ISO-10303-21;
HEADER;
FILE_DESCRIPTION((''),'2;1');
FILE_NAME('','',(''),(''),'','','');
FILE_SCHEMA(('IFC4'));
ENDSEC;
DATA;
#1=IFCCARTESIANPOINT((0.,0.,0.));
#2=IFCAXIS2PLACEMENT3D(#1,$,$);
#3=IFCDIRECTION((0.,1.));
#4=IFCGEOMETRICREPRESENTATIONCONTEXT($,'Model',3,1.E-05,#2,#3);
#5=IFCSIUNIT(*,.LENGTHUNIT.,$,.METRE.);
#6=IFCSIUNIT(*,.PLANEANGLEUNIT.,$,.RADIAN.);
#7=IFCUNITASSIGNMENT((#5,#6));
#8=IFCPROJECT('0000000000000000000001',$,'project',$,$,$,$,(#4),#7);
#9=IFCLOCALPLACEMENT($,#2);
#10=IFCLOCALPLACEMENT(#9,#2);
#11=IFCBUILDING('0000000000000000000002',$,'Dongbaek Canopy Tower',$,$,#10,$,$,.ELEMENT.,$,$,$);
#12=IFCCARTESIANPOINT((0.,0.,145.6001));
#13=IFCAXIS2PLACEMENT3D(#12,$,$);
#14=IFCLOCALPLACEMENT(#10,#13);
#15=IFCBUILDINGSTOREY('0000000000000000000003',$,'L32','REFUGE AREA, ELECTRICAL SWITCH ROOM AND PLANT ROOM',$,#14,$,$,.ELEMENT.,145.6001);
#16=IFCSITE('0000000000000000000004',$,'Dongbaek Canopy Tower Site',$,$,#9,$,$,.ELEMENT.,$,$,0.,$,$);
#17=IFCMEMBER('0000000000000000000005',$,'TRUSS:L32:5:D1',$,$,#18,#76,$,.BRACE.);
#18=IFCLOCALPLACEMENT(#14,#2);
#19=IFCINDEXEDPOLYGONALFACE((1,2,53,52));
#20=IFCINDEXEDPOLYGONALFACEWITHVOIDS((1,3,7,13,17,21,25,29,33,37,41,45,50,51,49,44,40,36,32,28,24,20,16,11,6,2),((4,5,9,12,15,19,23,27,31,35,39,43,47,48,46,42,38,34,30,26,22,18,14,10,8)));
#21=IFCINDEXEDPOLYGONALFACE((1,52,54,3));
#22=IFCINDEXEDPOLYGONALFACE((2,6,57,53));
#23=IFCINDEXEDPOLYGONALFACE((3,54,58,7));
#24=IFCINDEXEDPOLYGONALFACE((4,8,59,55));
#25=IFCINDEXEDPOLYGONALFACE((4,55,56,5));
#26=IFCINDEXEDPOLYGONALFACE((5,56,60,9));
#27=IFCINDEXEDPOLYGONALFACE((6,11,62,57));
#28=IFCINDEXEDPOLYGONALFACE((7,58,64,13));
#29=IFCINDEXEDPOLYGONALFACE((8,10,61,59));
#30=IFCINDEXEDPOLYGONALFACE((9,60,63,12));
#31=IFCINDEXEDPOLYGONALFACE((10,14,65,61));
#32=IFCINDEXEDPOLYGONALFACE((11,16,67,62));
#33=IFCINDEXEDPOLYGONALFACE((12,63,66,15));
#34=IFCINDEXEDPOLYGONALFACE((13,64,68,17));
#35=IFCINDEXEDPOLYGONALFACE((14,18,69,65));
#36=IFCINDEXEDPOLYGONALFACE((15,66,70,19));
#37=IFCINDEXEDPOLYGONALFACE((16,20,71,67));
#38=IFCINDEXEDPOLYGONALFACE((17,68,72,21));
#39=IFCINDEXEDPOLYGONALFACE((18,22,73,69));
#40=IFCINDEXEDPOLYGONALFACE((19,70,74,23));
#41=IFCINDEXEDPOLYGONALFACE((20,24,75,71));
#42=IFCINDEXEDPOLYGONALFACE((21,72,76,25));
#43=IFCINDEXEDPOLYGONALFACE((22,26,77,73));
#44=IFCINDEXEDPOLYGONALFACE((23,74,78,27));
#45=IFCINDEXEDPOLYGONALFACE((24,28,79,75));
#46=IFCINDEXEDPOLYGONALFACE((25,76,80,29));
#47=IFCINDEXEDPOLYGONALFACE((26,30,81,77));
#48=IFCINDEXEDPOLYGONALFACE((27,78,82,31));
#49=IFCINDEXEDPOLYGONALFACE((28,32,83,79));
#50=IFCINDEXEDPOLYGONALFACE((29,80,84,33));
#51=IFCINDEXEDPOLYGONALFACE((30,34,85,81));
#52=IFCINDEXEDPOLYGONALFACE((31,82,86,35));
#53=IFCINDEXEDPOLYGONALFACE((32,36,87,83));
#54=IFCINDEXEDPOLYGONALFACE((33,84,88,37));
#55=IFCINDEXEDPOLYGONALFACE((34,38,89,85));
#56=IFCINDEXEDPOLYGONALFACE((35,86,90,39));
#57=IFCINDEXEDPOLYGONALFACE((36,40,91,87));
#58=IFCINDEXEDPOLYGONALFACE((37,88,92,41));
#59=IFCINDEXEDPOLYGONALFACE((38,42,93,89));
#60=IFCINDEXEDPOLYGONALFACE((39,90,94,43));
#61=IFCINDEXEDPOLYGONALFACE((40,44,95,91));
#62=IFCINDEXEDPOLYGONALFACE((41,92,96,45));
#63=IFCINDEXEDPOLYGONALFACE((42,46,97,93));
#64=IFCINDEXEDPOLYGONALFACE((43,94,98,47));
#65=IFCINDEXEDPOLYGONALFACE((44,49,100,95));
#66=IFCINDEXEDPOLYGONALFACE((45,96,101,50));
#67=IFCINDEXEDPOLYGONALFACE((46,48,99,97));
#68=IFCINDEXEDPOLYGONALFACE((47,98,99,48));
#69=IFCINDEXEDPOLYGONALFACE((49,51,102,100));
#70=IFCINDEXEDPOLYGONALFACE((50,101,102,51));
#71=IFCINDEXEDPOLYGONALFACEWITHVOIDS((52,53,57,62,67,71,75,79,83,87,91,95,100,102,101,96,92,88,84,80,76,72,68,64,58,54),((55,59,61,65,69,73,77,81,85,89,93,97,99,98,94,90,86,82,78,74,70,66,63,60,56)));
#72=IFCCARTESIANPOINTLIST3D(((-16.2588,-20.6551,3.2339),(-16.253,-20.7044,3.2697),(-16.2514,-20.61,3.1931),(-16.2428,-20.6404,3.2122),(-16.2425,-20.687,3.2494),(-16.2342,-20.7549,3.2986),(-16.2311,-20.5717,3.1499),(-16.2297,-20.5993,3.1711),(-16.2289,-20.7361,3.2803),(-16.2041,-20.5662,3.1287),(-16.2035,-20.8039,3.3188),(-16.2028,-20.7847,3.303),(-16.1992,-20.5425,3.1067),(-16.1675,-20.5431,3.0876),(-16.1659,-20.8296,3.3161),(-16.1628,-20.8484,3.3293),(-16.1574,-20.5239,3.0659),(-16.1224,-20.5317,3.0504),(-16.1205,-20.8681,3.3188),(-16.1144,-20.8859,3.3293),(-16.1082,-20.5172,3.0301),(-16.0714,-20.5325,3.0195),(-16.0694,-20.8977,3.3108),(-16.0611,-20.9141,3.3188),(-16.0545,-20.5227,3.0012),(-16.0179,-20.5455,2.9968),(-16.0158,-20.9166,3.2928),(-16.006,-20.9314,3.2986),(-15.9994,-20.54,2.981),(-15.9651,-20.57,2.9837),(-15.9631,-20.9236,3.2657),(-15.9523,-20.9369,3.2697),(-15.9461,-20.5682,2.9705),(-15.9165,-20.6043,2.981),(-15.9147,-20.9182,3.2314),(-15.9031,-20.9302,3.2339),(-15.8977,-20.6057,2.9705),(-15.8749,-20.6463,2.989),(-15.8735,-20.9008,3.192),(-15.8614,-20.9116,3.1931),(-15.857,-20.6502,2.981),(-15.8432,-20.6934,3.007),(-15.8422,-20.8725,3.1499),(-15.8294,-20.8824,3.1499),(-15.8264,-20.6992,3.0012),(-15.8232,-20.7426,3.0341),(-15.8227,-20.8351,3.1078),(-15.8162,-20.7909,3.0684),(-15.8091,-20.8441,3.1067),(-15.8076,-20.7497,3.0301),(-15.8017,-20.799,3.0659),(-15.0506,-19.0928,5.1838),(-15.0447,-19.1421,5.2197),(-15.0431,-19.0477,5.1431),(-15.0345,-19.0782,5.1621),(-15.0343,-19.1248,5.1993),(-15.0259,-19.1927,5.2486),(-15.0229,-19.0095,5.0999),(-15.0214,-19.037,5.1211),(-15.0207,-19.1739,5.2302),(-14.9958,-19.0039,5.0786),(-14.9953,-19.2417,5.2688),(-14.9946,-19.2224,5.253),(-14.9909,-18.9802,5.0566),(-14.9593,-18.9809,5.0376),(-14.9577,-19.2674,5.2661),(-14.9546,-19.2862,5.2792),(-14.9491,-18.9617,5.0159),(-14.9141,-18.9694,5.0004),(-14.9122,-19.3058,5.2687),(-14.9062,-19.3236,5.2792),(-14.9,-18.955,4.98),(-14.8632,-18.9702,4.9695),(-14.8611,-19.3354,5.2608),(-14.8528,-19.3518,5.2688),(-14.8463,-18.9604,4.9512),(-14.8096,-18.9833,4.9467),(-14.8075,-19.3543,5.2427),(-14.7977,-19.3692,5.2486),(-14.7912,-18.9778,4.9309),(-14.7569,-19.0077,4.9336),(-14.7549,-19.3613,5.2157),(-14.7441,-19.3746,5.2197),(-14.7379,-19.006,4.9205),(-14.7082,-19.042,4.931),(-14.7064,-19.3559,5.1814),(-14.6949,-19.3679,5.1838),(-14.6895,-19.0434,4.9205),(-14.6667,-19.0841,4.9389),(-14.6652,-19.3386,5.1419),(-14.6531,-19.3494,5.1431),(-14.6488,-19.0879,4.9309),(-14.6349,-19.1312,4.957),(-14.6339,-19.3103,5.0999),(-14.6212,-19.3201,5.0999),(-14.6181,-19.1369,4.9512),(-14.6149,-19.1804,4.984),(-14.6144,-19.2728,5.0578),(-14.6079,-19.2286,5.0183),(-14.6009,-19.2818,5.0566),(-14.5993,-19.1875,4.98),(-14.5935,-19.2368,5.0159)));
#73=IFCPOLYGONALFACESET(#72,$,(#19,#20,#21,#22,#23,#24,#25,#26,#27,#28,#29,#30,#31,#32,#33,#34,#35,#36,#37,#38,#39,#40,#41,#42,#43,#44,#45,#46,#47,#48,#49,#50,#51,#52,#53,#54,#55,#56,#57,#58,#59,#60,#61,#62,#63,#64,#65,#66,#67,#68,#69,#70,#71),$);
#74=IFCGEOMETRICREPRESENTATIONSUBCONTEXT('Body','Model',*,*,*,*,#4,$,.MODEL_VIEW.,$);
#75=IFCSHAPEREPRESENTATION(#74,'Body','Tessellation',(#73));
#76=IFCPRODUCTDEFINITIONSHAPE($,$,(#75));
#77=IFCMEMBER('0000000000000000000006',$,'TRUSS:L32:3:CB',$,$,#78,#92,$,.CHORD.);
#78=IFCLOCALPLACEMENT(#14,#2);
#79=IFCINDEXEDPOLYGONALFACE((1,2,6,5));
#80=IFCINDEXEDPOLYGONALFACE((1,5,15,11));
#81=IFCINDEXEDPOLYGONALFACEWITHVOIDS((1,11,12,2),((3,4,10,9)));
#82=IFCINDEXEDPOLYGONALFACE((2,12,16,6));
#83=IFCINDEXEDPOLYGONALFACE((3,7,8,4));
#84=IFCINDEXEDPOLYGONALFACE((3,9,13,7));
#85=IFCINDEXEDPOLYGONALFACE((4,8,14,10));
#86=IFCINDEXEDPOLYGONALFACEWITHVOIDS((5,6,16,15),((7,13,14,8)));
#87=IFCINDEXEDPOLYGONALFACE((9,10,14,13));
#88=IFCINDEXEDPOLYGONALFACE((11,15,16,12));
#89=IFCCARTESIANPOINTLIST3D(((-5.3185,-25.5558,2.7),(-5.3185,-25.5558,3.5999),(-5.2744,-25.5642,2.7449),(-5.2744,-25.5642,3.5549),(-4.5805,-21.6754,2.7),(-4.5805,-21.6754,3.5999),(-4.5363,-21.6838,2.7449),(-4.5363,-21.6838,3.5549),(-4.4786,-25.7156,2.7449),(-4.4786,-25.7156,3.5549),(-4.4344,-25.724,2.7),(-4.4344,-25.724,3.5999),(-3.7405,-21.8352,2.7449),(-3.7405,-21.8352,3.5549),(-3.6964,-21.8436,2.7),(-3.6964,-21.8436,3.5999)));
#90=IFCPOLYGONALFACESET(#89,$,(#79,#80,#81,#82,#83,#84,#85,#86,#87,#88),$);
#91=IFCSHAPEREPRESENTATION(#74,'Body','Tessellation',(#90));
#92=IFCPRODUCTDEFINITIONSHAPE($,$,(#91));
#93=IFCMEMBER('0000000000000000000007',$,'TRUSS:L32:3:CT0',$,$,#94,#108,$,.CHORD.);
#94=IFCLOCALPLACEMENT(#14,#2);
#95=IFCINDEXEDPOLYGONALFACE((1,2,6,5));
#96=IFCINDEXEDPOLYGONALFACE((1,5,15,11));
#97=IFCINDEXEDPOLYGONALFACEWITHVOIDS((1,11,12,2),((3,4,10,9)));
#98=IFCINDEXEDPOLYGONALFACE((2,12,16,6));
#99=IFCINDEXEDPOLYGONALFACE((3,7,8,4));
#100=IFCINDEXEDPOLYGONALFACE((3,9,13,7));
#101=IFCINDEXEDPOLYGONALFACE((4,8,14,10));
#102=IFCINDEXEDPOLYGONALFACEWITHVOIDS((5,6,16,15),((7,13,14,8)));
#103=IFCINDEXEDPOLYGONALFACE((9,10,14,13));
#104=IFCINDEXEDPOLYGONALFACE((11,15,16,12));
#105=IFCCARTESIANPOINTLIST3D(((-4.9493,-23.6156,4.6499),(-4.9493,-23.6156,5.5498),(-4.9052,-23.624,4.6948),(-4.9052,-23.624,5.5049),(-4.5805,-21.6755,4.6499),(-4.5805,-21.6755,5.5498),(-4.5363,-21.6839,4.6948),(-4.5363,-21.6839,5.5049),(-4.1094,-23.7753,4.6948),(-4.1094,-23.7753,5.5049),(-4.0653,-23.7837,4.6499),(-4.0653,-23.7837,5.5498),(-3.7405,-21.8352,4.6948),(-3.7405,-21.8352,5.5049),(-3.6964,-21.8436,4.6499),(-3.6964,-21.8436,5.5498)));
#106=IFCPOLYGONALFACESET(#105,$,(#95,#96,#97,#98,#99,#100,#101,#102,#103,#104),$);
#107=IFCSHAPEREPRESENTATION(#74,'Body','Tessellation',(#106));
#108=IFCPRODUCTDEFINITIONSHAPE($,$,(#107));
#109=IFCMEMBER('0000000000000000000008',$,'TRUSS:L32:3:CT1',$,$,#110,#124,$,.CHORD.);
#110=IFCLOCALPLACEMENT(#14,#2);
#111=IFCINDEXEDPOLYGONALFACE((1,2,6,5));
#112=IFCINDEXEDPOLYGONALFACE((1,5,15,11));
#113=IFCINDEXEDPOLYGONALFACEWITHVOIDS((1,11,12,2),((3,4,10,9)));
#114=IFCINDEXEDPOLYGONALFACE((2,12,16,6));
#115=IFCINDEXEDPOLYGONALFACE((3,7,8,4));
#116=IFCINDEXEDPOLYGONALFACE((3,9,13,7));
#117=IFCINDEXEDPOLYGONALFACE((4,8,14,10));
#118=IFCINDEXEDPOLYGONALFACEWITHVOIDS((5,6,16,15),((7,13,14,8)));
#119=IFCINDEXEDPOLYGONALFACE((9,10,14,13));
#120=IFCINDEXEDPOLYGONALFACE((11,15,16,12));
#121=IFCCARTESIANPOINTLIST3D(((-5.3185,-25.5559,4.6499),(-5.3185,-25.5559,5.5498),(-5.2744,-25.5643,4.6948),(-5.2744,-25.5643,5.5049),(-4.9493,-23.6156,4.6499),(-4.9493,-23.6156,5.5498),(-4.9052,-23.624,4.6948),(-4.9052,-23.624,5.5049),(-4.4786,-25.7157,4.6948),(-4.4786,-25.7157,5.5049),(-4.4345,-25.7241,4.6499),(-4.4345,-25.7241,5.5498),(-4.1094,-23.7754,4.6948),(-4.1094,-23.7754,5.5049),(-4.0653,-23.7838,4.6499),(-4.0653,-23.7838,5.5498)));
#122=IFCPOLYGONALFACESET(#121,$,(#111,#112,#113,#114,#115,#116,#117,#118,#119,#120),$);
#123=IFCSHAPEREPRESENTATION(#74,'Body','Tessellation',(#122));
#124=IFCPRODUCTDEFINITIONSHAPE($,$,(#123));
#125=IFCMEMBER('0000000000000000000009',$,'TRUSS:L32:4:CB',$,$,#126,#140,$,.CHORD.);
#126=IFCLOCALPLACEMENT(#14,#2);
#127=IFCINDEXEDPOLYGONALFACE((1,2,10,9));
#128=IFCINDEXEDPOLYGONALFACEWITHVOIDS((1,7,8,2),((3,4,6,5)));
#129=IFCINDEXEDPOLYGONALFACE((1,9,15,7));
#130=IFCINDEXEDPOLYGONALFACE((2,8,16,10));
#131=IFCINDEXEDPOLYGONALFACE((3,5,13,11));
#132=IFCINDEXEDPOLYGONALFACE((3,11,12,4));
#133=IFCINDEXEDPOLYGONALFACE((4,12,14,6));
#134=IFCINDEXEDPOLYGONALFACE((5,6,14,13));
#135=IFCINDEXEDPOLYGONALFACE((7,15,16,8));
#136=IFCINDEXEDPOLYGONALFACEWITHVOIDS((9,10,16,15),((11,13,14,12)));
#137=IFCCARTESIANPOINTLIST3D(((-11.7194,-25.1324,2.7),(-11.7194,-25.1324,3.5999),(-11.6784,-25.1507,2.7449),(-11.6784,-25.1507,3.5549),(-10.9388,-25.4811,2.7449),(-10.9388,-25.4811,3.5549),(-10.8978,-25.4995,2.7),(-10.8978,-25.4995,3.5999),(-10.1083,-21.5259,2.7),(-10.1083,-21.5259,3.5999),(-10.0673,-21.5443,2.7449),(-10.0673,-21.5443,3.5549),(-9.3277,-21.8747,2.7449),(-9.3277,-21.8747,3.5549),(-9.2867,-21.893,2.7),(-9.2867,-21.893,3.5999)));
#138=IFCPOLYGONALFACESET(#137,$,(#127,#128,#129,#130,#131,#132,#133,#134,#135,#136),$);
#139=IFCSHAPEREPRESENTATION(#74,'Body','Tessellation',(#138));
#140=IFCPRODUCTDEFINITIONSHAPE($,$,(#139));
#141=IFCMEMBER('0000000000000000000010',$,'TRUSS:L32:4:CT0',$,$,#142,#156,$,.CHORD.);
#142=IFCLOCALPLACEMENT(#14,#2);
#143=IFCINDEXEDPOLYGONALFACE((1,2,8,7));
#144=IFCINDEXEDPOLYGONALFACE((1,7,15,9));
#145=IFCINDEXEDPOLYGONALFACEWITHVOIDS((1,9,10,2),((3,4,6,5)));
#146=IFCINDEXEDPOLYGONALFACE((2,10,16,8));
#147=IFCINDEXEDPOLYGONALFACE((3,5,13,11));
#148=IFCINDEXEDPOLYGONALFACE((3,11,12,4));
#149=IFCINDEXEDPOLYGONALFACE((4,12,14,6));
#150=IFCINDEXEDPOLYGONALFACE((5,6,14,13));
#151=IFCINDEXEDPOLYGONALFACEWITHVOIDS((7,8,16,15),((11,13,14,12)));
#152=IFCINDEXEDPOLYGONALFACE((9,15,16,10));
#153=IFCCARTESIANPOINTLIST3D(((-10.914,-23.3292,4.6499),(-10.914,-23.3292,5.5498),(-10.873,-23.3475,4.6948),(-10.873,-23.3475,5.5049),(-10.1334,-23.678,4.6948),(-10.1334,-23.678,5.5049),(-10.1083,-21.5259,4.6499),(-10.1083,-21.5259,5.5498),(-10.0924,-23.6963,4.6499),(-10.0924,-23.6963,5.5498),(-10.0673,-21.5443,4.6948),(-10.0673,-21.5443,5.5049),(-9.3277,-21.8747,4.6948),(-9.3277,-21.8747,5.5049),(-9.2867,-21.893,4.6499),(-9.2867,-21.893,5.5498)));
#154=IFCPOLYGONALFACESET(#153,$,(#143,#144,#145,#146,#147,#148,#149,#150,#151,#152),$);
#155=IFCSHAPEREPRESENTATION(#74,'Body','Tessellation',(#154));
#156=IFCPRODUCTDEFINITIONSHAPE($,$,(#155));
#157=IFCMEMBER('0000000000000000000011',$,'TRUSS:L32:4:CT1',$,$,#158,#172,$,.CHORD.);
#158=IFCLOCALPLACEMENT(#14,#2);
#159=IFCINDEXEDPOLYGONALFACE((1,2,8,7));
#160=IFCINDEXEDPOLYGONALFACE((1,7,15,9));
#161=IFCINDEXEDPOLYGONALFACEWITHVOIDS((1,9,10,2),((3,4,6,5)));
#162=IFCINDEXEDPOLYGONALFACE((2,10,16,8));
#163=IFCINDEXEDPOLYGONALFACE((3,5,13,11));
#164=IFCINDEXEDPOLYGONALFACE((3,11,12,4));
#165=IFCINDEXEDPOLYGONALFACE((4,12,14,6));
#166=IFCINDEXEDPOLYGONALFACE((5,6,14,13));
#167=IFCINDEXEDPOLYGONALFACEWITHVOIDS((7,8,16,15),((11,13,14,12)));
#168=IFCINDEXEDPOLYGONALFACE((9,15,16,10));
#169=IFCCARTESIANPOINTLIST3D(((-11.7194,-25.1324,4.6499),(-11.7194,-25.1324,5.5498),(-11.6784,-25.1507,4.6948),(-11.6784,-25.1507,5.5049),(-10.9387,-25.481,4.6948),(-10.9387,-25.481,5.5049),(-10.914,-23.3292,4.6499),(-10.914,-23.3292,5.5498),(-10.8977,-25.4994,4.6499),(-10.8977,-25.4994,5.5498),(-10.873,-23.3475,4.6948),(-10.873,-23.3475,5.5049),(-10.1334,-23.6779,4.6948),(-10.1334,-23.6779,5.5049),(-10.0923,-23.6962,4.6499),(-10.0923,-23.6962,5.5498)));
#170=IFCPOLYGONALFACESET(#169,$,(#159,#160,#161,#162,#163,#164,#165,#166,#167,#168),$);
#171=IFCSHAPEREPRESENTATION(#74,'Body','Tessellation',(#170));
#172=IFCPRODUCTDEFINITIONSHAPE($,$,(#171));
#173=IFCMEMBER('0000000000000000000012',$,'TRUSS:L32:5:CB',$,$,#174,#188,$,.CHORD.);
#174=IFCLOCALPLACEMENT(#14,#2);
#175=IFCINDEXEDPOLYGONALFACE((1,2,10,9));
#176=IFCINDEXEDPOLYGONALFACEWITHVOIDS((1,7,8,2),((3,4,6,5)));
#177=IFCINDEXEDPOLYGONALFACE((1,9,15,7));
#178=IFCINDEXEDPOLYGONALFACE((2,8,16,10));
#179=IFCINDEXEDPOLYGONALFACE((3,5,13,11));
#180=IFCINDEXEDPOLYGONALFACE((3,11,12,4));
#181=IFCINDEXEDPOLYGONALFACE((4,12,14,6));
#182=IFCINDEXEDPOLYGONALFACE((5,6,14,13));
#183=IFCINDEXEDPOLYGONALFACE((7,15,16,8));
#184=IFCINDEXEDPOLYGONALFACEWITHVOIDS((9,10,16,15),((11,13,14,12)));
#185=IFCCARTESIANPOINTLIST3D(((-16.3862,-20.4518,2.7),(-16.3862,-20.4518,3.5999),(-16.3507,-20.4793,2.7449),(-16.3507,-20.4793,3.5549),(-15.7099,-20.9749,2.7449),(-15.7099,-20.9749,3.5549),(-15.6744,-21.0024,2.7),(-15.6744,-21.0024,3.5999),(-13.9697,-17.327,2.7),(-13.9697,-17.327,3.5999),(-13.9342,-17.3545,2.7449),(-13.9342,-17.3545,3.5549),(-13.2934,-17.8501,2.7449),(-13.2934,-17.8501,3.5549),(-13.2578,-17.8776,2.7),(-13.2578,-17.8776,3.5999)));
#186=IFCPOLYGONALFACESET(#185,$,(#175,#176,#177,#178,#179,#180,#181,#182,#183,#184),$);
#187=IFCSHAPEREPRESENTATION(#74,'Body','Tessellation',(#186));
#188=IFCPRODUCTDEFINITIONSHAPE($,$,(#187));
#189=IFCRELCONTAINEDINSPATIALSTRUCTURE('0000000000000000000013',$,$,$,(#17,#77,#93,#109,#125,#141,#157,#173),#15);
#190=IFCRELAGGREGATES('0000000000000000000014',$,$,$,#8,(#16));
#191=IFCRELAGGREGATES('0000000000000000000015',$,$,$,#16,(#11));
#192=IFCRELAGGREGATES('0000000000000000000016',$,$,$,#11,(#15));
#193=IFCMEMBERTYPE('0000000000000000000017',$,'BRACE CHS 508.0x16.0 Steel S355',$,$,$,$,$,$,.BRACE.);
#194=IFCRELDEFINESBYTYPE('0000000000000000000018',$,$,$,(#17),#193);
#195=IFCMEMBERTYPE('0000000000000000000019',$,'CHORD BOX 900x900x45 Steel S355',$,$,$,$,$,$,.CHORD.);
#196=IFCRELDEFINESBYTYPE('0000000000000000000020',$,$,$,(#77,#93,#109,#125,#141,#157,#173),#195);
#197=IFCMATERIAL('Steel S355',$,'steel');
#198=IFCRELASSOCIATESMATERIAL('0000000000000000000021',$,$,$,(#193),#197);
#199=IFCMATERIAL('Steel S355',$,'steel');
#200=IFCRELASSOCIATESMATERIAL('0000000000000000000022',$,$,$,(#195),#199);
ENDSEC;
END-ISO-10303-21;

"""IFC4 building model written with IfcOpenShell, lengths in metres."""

from ifc_helpers import new_model, si_unit, direction, frame, origin, origin_2d, place, context, subcontext, project, spatial, hollow_rectangle, hollow_circle, extrude, material, material_profile, profile_set, type_object, element, save


model = new_model("IFC4")

# Units and contexts
model_context = context("Model", 3, precision=1e-05, world=origin(), true_north=direction((0.0, 1.0)))
body_context = subcontext(model_context, "Body", "Model", "MODEL_VIEW")
ifc_project = project(units=[si_unit("LENGTHUNIT", "METRE"), si_unit("PLANEANGLEUNIT", "RADIAN")], contexts=[model_context])

# Site, building, storey
site_placement = place(None, origin())
site = spatial("IfcSite", under=ifc_project, at=site_placement, Name="Dongbaek Canopy Tower Site", CompositionType="ELEMENT", RefElevation=0.0)
building_placement = place(site_placement, origin())
building = spatial("IfcBuilding", under=site, at=building_placement, Name="Dongbaek Canopy Tower", CompositionType="ELEMENT")
storey_placement = place(building_placement, frame((0.0, 0.0, 145.6001)))
storey = spatial("IfcBuildingStorey", under=building, at=storey_placement, Name="L32", Description="REFUGE AREA, ELECTRICAL SWITCH ROOM AND PLANT ROOM", CompositionType="ELEMENT", Elevation=145.6001)

# Members
ifc_material_1 = material(Name="Steel S355", Category="steel")
ifc_material_profile_1 = material_profile(ifc_material_1, hollow_circle(Radius=0.2539, WallThickness=0.0161, at=origin_2d()), Name="BRACE CHS 508.0x16.0 Steel S355")
ifc_profile_set_1 = profile_set([ifc_material_profile_1], Name="Steel S355")
member_type_1 = type_object("IfcMemberType", Name="BRACE CHS 508.0x16.0 Steel S355", PredefinedType="BRACE", material=ifc_profile_set_1)
member_1_placement = place(storey_placement, frame((-14.822, -19.1648, 5.0999), z_axis=(-0.435344, -0.562895, -0.702585), x_axis=(0.791027, -0.611782, 0.0)))
element("IfcMember", 1, at=member_1_placement, inside=storey, type_object=member_type_1, Name="TRUSS:L32:5:D1", PredefinedType="BRACE", context=body_context, shape_type="SweptSolid", body=[
    extrude(hollow_circle(Radius=0.2539, WallThickness=0.0161, at=origin_2d()), origin(), (0.0, 0.0, 1.0), 2.7754),
])
ifc_material_2 = material(Name="Steel S355", Category="steel")
ifc_material_profile_2 = material_profile(ifc_material_2, hollow_rectangle(XDim=0.8999, YDim=0.8999, WallThickness=0.0449, at=origin_2d()), Name="CHORD BOX 900x900x45 Steel S355")
ifc_profile_set_2 = profile_set([ifc_material_profile_2], Name="Steel S355")
member_type_2 = type_object("IfcMemberType", Name="CHORD BOX 900x900x45 Steel S355", PredefinedType="CHORD", material=ifc_profile_set_2)
member_2_placement = place(storey_placement, frame((-4.1384, -21.7595, 3.1499), z_axis=(-0.186848, -0.982389, 0.0), x_axis=(0.982389, -0.186848, 0.0)))
element("IfcMember", 2, at=member_2_placement, inside=storey, type_object=member_type_2, Name="TRUSS:L32:3:CB", PredefinedType="CHORD", context=body_context, shape_type="SweptSolid", body=[
    extrude(hollow_rectangle(XDim=0.8999, YDim=0.8999, WallThickness=0.0449, at=origin_2d()), origin(), (0.0, 0.0, 1.0), 3.95),
])
member_3_placement = place(storey_placement, frame((-4.1384, -21.7595, 5.0999), z_axis=(-0.186788, -0.9824, 0.0), x_axis=(0.9824, -0.186788, 0.0)))
element("IfcMember", 3, at=member_3_placement, inside=storey, type_object=member_type_2, Name="TRUSS:L32:3:CT0", PredefinedType="CHORD", context=body_context, shape_type="SweptSolid", body=[
    extrude(hollow_rectangle(XDim=0.8999, YDim=0.8999, WallThickness=0.0449, at=origin_2d()), origin(), (0.0, 0.0, 1.0), 1.9749),
])
member_4_placement = place(storey_placement, frame((-4.5073, -23.6997, 5.0999), z_axis=(-0.186908, -0.982377, 0.0), x_axis=(0.982377, -0.186908, 0.0)))
element("IfcMember", 4, at=member_4_placement, inside=storey, type_object=member_type_2, Name="TRUSS:L32:3:CT1", PredefinedType="CHORD", context=body_context, shape_type="SweptSolid", body=[
    extrude(hollow_rectangle(XDim=0.8999, YDim=0.8999, WallThickness=0.0449, at=origin_2d()), origin(), (0.0, 0.0, 1.0), 1.9751),
])
member_5_placement = place(storey_placement, frame((-9.6975, -21.7095, 3.1499), z_axis=(-0.407875, -0.913038, 0.0), x_axis=(0.913038, -0.407875, 0.0)))
element("IfcMember", 5, at=member_5_placement, inside=storey, type_object=member_type_2, Name="TRUSS:L32:4:CB", PredefinedType="CHORD", context=body_context, shape_type="SweptSolid", body=[
    extrude(hollow_rectangle(XDim=0.8999, YDim=0.8999, WallThickness=0.0449, at=origin_2d()), origin(), (0.0, 0.0, 1.0), 3.95),
])
member_6_placement = place(storey_placement, frame((-9.6975, -21.7095, 5.0999), z_axis=(-0.407927, -0.913015, 0.0), x_axis=(0.913015, -0.407927, 0.0)))
element("IfcMember", 6, at=member_6_placement, inside=storey, type_object=member_type_2, Name="TRUSS:L32:4:CT0", PredefinedType="CHORD", context=body_context, shape_type="SweptSolid", body=[
    extrude(hollow_rectangle(XDim=0.8999, YDim=0.8999, WallThickness=0.0449, at=origin_2d()), origin(), (0.0, 0.0, 1.0), 1.9751),
])
member_7_placement = place(storey_placement, frame((-10.5032, -23.5127, 5.0999), z_axis=(-0.407824, -0.913061, 0.0), x_axis=(0.913061, -0.407824, 0.0)))
element("IfcMember", 7, at=member_7_placement, inside=storey, type_object=member_type_2, Name="TRUSS:L32:4:CT1", PredefinedType="CHORD", context=body_context, shape_type="SweptSolid", body=[
    extrude(hollow_rectangle(XDim=0.8999, YDim=0.8999, WallThickness=0.0449, at=origin_2d()), origin(), (0.0, 0.0, 1.0), 1.9749),
])
member_8_placement = place(storey_placement, frame((-13.6138, -17.6023, 3.1499), z_axis=(-0.611752, -0.79105, 0.0), x_axis=(0.79105, -0.611752, 0.0)))
element("IfcMember", 8, at=member_8_placement, inside=storey, type_object=member_type_2, Name="TRUSS:L32:5:CB", PredefinedType="CHORD", context=body_context, shape_type="SweptSolid", body=[
    extrude(hollow_rectangle(XDim=0.8999, YDim=0.8999, WallThickness=0.0449, at=origin_2d()), origin(), (0.0, 0.0, 1.0), 3.9502),
])

save(model, "model.ifc")
